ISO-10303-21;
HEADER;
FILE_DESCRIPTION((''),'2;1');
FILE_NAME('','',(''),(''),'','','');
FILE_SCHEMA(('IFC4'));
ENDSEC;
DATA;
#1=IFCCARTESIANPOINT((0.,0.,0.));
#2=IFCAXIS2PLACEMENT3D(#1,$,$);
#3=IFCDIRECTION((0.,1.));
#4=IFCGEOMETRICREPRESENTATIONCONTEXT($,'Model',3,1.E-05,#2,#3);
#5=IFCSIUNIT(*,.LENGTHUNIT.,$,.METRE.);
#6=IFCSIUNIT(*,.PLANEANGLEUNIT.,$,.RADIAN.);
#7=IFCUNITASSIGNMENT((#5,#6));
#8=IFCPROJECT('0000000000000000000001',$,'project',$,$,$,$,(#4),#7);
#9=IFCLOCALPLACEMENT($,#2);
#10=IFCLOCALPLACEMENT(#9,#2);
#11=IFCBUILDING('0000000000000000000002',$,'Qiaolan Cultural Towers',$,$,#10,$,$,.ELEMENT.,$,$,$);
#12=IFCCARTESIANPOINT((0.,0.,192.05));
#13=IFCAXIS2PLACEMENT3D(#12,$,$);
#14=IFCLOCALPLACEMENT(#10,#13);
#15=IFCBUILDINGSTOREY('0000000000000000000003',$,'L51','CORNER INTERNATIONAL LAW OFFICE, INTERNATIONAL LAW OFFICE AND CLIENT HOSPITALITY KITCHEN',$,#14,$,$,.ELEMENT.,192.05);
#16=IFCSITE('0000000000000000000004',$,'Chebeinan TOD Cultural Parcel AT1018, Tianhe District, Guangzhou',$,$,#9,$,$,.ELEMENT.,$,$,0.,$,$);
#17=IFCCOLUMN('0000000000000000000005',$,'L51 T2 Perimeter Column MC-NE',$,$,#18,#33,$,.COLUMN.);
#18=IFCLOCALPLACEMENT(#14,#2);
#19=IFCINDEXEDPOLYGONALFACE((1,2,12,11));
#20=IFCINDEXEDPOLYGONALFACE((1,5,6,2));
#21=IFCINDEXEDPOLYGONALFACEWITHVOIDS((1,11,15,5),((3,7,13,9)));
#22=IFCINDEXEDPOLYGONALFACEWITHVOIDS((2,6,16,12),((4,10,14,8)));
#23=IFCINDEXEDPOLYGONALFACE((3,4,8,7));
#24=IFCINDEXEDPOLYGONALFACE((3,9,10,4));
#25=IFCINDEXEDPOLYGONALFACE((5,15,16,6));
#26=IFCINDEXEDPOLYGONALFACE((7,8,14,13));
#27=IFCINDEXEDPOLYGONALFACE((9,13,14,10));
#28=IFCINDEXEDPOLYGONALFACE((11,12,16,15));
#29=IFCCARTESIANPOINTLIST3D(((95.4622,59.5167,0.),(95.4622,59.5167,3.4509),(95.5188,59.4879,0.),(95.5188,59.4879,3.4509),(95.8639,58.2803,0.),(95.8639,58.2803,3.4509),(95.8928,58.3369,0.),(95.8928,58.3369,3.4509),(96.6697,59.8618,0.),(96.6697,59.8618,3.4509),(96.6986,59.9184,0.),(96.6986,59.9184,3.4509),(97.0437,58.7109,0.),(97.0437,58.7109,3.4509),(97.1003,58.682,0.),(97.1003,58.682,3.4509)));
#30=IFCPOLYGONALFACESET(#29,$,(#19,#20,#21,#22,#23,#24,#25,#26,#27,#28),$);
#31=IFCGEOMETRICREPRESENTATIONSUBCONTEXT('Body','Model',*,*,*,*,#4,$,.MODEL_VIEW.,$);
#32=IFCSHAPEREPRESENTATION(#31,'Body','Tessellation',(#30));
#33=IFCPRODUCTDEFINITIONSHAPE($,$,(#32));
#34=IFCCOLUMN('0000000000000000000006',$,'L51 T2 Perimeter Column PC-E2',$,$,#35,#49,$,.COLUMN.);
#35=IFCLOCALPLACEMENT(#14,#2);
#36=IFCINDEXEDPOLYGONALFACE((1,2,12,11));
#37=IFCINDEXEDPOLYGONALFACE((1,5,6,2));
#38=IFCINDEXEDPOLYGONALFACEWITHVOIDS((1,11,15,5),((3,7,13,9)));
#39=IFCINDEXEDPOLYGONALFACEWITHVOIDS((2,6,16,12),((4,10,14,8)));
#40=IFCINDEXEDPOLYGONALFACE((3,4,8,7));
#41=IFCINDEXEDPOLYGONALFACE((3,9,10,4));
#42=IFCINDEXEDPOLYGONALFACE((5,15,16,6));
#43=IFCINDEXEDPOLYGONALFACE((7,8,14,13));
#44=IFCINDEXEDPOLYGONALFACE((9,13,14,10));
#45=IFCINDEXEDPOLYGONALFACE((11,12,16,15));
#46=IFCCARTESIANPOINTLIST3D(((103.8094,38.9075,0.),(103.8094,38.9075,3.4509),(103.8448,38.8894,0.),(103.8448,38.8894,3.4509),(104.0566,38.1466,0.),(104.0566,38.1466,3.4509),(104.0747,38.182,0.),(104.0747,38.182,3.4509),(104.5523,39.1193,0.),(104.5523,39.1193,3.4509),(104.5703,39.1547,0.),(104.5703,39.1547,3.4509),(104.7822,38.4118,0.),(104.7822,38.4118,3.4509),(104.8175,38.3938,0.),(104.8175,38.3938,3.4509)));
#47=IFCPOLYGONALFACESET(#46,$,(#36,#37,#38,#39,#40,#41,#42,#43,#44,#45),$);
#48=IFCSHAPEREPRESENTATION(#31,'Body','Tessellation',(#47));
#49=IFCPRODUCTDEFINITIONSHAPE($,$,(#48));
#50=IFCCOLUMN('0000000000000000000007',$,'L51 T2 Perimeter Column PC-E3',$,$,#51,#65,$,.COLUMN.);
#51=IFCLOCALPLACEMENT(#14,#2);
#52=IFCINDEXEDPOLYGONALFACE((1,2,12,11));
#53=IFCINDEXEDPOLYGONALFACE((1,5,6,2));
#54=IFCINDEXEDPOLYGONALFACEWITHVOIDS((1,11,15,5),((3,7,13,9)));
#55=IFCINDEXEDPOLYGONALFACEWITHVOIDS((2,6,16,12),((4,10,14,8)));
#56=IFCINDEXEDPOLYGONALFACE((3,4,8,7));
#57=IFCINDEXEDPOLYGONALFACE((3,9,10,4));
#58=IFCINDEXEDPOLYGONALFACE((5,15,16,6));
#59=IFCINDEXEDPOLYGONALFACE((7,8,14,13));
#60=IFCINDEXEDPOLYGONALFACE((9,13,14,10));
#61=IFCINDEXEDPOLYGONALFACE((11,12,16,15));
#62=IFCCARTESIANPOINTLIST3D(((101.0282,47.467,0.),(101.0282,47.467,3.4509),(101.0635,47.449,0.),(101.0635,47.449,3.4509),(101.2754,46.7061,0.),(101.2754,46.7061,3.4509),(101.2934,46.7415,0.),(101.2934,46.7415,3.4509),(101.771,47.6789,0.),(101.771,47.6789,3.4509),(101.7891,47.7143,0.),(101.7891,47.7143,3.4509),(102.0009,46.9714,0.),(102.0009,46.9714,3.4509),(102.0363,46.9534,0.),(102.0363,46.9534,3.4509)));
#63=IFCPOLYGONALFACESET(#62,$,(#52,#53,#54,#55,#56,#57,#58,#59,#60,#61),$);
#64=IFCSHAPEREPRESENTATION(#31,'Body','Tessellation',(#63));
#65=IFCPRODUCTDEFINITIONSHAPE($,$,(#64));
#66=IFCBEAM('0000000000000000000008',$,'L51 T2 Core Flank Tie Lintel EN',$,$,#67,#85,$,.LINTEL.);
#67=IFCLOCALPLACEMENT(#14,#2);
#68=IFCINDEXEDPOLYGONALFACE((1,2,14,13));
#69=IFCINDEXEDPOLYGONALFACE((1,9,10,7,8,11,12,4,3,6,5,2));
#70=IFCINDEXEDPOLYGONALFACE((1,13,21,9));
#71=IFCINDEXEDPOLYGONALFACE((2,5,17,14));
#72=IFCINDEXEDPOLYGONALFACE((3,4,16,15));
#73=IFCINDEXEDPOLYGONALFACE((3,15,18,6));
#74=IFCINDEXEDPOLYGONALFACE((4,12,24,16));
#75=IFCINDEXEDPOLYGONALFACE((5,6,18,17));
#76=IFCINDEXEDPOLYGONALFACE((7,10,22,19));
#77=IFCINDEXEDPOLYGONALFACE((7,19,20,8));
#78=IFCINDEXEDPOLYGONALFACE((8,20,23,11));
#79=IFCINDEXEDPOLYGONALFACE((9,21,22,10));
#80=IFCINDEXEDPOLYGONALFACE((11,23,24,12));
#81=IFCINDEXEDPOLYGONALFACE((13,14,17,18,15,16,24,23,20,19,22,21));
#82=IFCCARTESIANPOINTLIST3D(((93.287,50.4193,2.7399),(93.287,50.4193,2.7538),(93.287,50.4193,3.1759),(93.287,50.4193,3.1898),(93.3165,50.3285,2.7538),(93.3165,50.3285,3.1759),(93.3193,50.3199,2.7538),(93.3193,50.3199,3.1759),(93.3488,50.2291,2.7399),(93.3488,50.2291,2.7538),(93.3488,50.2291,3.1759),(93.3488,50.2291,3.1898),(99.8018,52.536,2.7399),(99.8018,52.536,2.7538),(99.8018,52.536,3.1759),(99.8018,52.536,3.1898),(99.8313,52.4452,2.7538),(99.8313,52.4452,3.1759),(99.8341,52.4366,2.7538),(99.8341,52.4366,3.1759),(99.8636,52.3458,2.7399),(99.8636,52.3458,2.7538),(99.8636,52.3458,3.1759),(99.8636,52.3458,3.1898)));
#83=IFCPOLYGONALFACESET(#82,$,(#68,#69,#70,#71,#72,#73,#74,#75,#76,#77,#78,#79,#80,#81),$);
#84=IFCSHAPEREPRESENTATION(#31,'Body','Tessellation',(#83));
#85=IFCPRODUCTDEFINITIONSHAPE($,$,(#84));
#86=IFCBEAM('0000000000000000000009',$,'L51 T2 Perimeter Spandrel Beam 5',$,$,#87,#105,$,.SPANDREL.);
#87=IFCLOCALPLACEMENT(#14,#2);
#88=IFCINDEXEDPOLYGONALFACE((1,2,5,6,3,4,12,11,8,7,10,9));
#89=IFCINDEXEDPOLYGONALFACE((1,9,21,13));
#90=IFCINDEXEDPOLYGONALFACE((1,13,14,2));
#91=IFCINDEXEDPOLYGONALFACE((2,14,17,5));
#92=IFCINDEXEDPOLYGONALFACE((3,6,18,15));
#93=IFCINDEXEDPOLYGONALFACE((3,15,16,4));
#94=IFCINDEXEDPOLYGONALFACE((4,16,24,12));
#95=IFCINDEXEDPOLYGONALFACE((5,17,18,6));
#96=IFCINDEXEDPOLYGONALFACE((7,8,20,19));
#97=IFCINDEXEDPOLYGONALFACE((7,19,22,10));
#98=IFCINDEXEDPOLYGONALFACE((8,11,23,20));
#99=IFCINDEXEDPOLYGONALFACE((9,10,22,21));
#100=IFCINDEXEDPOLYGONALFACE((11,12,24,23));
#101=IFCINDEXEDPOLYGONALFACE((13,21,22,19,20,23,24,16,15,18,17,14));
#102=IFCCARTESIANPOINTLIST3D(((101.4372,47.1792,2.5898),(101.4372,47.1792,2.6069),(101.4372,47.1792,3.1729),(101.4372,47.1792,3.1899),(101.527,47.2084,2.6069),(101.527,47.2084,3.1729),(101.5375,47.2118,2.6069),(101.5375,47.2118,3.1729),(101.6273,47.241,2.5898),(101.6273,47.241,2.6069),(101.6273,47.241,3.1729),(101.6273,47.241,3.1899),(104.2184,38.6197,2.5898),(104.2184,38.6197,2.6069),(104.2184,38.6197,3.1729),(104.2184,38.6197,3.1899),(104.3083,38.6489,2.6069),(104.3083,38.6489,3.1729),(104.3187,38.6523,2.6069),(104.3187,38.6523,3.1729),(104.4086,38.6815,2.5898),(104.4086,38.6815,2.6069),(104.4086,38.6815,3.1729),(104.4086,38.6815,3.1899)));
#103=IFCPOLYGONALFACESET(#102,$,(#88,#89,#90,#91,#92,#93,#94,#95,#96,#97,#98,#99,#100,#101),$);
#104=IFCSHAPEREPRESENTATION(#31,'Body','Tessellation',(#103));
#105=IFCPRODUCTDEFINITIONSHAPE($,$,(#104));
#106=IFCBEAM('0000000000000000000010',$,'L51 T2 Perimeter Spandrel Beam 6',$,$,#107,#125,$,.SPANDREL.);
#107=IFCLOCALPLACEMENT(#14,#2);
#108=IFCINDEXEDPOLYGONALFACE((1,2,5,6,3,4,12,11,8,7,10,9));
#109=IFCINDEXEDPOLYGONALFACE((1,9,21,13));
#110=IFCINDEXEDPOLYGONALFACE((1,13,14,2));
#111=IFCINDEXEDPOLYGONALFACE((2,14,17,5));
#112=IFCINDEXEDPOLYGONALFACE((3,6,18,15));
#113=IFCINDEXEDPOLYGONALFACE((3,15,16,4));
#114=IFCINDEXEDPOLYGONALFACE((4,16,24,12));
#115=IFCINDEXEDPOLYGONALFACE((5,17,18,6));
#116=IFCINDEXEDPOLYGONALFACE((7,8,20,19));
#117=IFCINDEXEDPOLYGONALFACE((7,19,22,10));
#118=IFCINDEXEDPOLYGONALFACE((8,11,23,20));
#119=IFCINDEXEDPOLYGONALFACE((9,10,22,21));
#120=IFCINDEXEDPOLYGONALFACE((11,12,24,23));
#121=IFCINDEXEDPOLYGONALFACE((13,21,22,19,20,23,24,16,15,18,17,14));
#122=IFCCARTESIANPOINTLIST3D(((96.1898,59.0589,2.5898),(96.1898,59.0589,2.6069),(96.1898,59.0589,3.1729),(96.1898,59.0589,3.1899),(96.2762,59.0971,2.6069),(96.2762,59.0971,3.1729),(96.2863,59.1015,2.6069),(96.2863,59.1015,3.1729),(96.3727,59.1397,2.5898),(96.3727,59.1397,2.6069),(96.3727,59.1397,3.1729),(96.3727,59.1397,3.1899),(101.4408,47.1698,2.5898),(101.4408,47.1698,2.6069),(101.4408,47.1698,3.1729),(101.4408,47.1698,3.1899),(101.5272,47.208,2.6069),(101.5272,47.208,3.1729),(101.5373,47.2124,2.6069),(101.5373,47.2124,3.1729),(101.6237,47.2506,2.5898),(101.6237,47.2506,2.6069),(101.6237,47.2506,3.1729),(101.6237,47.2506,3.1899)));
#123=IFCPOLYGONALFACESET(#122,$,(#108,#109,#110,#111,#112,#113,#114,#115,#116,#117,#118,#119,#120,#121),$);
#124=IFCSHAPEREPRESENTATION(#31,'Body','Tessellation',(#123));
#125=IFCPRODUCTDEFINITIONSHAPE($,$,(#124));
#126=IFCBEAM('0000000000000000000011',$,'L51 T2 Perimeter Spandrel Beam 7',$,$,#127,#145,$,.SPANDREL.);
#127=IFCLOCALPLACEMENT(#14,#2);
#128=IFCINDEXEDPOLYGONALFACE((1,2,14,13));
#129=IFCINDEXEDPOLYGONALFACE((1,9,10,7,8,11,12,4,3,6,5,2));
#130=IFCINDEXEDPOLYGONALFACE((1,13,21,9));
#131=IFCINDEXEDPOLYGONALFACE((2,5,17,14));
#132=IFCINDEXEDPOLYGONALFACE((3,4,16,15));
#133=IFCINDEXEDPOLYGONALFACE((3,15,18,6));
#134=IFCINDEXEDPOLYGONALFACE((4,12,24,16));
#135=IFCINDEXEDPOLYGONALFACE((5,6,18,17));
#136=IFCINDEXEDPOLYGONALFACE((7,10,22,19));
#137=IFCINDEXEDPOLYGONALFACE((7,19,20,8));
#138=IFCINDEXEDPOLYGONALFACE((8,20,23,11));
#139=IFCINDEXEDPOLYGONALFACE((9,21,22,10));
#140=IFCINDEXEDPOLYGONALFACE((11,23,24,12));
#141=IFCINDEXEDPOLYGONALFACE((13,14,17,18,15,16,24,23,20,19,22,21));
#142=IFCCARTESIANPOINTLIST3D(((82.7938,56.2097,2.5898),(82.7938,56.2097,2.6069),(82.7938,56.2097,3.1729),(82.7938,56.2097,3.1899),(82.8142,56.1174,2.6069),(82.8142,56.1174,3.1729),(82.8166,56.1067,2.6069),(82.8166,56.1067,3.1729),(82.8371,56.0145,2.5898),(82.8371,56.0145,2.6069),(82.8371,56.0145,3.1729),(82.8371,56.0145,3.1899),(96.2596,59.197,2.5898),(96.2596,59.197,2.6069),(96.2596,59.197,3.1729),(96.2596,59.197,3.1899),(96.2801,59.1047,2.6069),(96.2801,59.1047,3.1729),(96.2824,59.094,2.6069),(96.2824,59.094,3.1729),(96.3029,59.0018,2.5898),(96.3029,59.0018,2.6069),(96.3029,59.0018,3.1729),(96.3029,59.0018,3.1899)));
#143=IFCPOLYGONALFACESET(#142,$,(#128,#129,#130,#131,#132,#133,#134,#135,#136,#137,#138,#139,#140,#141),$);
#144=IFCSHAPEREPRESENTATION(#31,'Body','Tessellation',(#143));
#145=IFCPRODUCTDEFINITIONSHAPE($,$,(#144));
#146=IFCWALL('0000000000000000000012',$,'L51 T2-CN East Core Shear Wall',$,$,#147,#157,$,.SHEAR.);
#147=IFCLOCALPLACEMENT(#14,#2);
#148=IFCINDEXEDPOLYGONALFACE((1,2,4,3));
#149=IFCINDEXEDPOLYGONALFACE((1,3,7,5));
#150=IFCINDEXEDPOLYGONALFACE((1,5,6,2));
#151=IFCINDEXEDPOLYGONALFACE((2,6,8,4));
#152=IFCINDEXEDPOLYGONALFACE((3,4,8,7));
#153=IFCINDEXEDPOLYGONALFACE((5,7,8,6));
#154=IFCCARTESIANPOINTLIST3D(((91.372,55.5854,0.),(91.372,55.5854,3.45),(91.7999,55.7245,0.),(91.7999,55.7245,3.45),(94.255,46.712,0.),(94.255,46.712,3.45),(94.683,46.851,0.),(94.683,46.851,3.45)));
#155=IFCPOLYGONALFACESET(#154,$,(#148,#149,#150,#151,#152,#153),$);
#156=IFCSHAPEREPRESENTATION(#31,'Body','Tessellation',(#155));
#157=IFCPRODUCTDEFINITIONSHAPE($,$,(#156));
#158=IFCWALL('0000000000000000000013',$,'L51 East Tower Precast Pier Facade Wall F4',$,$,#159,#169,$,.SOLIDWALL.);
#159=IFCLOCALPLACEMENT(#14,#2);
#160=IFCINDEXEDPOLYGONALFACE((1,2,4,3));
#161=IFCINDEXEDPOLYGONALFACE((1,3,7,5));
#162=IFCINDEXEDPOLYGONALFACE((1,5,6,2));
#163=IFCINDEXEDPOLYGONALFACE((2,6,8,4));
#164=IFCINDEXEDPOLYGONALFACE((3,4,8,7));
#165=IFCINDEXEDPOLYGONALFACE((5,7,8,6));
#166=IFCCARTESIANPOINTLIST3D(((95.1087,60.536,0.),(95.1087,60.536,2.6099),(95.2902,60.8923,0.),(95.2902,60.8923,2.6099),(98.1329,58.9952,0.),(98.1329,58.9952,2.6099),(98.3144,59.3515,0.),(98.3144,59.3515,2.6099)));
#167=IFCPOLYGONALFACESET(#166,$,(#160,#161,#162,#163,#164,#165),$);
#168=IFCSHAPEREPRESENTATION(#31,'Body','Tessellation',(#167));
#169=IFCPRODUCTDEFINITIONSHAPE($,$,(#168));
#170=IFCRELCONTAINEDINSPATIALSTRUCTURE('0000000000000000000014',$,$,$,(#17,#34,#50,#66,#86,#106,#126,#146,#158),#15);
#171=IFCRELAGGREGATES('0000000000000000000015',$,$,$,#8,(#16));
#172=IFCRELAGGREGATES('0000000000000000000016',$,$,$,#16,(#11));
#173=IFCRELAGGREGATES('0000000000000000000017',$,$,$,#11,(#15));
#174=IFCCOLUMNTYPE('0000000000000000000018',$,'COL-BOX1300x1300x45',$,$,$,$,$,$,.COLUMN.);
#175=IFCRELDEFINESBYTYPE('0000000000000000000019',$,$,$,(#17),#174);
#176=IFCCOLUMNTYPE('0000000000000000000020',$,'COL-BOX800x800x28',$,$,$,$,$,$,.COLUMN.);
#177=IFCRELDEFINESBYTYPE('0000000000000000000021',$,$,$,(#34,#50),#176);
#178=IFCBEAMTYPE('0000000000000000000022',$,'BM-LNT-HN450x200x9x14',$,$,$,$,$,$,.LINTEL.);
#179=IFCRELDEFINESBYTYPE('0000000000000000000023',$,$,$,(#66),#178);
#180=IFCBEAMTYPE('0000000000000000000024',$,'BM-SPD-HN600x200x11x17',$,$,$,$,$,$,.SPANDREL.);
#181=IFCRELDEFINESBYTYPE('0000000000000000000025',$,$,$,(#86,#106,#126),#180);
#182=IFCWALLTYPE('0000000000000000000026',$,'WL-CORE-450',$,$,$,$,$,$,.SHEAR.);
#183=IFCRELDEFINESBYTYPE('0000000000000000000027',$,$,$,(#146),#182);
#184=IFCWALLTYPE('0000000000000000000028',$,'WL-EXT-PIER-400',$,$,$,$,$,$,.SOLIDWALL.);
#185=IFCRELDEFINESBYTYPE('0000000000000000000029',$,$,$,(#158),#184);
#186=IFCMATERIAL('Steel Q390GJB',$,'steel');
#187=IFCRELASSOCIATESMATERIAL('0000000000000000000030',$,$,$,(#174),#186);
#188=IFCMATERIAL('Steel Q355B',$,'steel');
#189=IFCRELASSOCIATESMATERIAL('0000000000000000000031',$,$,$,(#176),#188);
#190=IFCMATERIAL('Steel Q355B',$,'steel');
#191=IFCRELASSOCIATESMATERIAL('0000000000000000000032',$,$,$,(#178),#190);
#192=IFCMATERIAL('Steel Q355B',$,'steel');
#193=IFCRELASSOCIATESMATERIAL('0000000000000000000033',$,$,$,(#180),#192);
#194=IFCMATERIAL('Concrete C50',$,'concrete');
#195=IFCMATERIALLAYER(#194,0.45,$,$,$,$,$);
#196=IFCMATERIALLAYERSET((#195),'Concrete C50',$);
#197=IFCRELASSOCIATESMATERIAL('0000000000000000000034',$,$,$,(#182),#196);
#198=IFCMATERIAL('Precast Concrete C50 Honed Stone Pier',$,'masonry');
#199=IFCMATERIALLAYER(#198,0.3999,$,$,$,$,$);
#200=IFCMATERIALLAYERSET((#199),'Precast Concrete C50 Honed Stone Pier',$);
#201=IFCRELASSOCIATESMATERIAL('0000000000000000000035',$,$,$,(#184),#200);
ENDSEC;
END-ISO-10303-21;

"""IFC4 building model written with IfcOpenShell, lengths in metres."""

from ifc_helpers import new_model, si_unit, direction, frame, frame_2d, origin, origin_2d, place, context, subcontext, project, spatial, rectangle, hollow_rectangle, i_section, extrude, material, layer, layer_set, material_profile, profile_set, type_object, element, save


model = new_model("IFC4")

# Units and contexts
model_context = context("Model", 3, precision=1e-05, world=origin(), true_north=direction((0.0, 1.0)))
body_context = subcontext(model_context, "Body", "Model", "MODEL_VIEW")
ifc_project = project(units=[si_unit("LENGTHUNIT", "METRE"), si_unit("PLANEANGLEUNIT", "RADIAN")], contexts=[model_context])

# Site, building, storey
site_placement = place(None, origin())
site = spatial("IfcSite", under=ifc_project, at=site_placement, Name="Chebeinan TOD Cultural Parcel AT1018, Tianhe District, Guangzhou", CompositionType="ELEMENT", RefElevation=0.0)
building_placement = place(site_placement, origin())
building = spatial("IfcBuilding", under=site, at=building_placement, Name="Qiaolan Cultural Towers", CompositionType="ELEMENT")
storey_placement = place(building_placement, frame((0.0, 0.0, 192.05)))
storey = spatial("IfcBuildingStorey", under=building, at=storey_placement, Name="L51", Description="CORNER INTERNATIONAL LAW OFFICE, INTERNATIONAL LAW OFFICE AND CLIENT HOSPITALITY KITCHEN", CompositionType="ELEMENT", Elevation=192.05)

# Columns
ifc_material_1 = material(Name="Steel Q390GJB", Category="steel")
ifc_material_profile_1 = material_profile(ifc_material_1, hollow_rectangle(XDim=1.3, YDim=1.3, WallThickness=0.0449, at=origin_2d()), Name="BOX1300x1300x45")
ifc_profile_set_1 = profile_set([ifc_material_profile_1], Name="Steel Q390GJB")
column_type_1 = type_object("IfcColumnType", Name="COL-BOX1300x1300x45", PredefinedType="COLUMN", material=ifc_profile_set_1)
column_placement = place(storey_placement, frame((96.2812, 59.0994, 0.0), z_axis=(0.0, 0.0, 1.0), x_axis=(0.951057, 0.309017, 0.0)))
element("IfcColumn", 1, at=column_placement, inside=storey, type_object=column_type_1, Name="L51 T2 Perimeter Column MC-NE", PredefinedType="COLUMN", context=body_context, shape_type="SweptSolid", body=[
    extrude(hollow_rectangle(XDim=1.3, YDim=1.3, WallThickness=0.0449, at=origin_2d()), origin(), (0.0, 0.0, 1.0), 3.4509),
])
ifc_material_2 = material(Name="Steel Q355B", Category="steel")
ifc_material_profile_2 = material_profile(ifc_material_2, hollow_rectangle(XDim=0.8, YDim=0.8, WallThickness=0.0281, at=origin_2d()), Name="BOX800x800x28")
ifc_profile_set_2 = profile_set([ifc_material_profile_2], Name="Steel Q355B")
column_type_2 = type_object("IfcColumnType", Name="COL-BOX800x800x28", PredefinedType="COLUMN", material=ifc_profile_set_2)
for number, where, z_axis, x_axis, name in (
    (2, (104.3135, 38.6506, 0.0), (0.0, 0.0, 1.0), (0.951057, 0.309017, 0.0), "L51 T2 Perimeter Column PC-E2"),
    (3, (101.5322, 47.2102, 0.0), (0.0, 0.0, 1.0), (0.951057, 0.309017, 0.0), "L51 T2 Perimeter Column PC-E3"),
):
    element("IfcColumn", number, at=place(storey_placement, frame(where, z_axis=z_axis, x_axis=x_axis)), inside=storey, type_object=column_type_2, Name=name, PredefinedType="COLUMN", context=body_context, shape_type="SweptSolid", body=[
        extrude(hollow_rectangle(XDim=0.8, YDim=0.8, WallThickness=0.0281, at=origin_2d()), origin(), (0.0, 0.0, 1.0), 3.4509),
    ])

# Beams
ifc_material_3 = material(Name="Steel Q355B", Category="steel")
ifc_material_profile_3 = material_profile(ifc_material_3, i_section(OverallWidth=0.2, OverallDepth=0.45, WebThickness=0.009, FlangeThickness=0.0139, at=origin_2d()), Name="HN450x200x9x14")
ifc_profile_set_3 = profile_set([ifc_material_profile_3], Name="Steel Q355B")
beam_type_1 = type_object("IfcBeamType", Name="BM-LNT-HN450x200x9x14", PredefinedType="LINTEL", material=ifc_profile_set_3)
beam_1_placement = place(storey_placement, frame((93.3179, 50.3242, 2.9648), z_axis=(0.951062, 0.309001, 0.0), x_axis=(-0.309001, 0.951062, 0.0)))
element("IfcBeam", 4, at=beam_1_placement, inside=storey, type_object=beam_type_1, Name="L51 T2 Core Flank Tie Lintel EN", PredefinedType="LINTEL", context=body_context, shape_type="SweptSolid", body=[
    extrude(i_section(OverallWidth=0.2, OverallDepth=0.45, WebThickness=0.009, FlangeThickness=0.0139, at=origin_2d()), origin(), (0.0, 0.0, 1.0), 6.8501),
])
ifc_material_4 = material(Name="Steel Q355B", Category="steel")
ifc_material_profile_4 = material_profile(ifc_material_4, i_section(OverallWidth=0.2, OverallDepth=0.6001, WebThickness=0.011, FlangeThickness=0.0171, at=origin_2d()), Name="HN600x200x11x17")
ifc_profile_set_4 = profile_set([ifc_material_profile_4], Name="Steel Q355B")
beam_type_2 = type_object("IfcBeamType", Name="BM-SPD-HN600x200x11x17", PredefinedType="SPANDREL", material=ifc_profile_set_4)
beam_2_placement = place(storey_placement, frame((104.3135, 38.6506, 2.8899), z_axis=(-0.309025, 0.951054, 0.0), x_axis=(-0.951054, -0.309025, 0.0)))
element("IfcBeam", 5, at=beam_2_placement, inside=storey, type_object=beam_type_2, Name="L51 T2 Perimeter Spandrel Beam 5", PredefinedType="SPANDREL", context=body_context, shape_type="SweptSolid", body=[
    extrude(i_section(OverallWidth=0.2, OverallDepth=0.6001, WebThickness=0.011, FlangeThickness=0.0171, at=origin_2d()), origin(), (0.0, 0.0, 1.0), 9.0),
])
beam_3_placement = place(storey_placement, frame((101.5322, 47.2102, 2.8899), z_axis=(-0.404011, 0.914754, 0.0), x_axis=(-0.914754, -0.404011, 0.0)))
element("IfcBeam", 6, at=beam_3_placement, inside=storey, type_object=beam_type_2, Name="L51 T2 Perimeter Spandrel Beam 6", PredefinedType="SPANDREL", context=body_context, shape_type="SweptSolid", body=[
    extrude(i_section(OverallWidth=0.2, OverallDepth=0.6001, WebThickness=0.011, FlangeThickness=0.0171, at=origin_2d()), origin(), (0.0, 0.0, 1.0), 12.9971),
])
beam_4_placement = place(storey_placement, frame((96.2812, 59.0994, 2.8899), z_axis=(-0.976265, -0.216578, 0.0), x_axis=(0.216578, -0.976265, 0.0)))
element("IfcBeam", 7, at=beam_4_placement, inside=storey, type_object=beam_type_2, Name="L51 T2 Perimeter Spandrel Beam 7", PredefinedType="SPANDREL", context=body_context, shape_type="SweptSolid", body=[
    extrude(i_section(OverallWidth=0.2, OverallDepth=0.6001, WebThickness=0.011, FlangeThickness=0.0171, at=origin_2d()), origin(), (0.0, 0.0, 1.0), 13.7932),
])

# Walls
ifc_material_5 = material(Name="Concrete C50", Category="concrete")
ifc_layer_1 = layer(ifc_material_5, 0.45)
ifc_layer_set_1 = layer_set([ifc_layer_1], Name="Concrete C50")
wall_type_1 = type_object("IfcWallType", Name="WL-CORE-450", PredefinedType="SHEAR", material=ifc_layer_set_1)
wall_1_placement = place(storey_placement, frame((94.469, 46.7815, 0.0), z_axis=(0.0, 0.0, 1.0), x_axis=(-0.309004, 0.951061, 0.0)))
element("IfcWall", 8, at=wall_1_placement, inside=storey, type_object=wall_type_1, Name="L51 T2-CN East Core Shear Wall", PredefinedType="SHEAR", context=body_context, shape_type="SweptSolid", body=[
    extrude(rectangle(XDim=9.3301, YDim=0.45, at=frame_2d((4.665, 0.0))), origin(), (0.0, 0.0, 1.0), 3.45),
])
ifc_material_6 = material(Name="Precast Concrete C50 Honed Stone Pier", Category="masonry")
ifc_layer_2 = layer(ifc_material_6, 0.3999)
ifc_layer_set_2 = layer_set([ifc_layer_2], Name="Precast Concrete C50 Honed Stone Pier")
wall_type_2 = type_object("IfcWallType", Name="WL-EXT-PIER-400", PredefinedType="SOLIDWALL", material=ifc_layer_set_2)
wall_2_placement = place(storey_placement, frame((95.1995, 60.7141, 0.0), z_axis=(0.0, 0.0, 1.0), x_axis=(0.891021, -0.453962, 0.0)))
element("IfcWall", 9, at=wall_2_placement, inside=storey, type_object=wall_type_2, Name="L51 East Tower Precast Pier Facade Wall F4", PredefinedType="SOLIDWALL", context=body_context, shape_type="SweptSolid", body=[
    extrude(rectangle(XDim=3.394, YDim=0.3999, at=frame_2d((1.697, 0.0))), origin(), (0.0, 0.0, 1.0), 2.6099),
])

save(model, "model.ifc")
